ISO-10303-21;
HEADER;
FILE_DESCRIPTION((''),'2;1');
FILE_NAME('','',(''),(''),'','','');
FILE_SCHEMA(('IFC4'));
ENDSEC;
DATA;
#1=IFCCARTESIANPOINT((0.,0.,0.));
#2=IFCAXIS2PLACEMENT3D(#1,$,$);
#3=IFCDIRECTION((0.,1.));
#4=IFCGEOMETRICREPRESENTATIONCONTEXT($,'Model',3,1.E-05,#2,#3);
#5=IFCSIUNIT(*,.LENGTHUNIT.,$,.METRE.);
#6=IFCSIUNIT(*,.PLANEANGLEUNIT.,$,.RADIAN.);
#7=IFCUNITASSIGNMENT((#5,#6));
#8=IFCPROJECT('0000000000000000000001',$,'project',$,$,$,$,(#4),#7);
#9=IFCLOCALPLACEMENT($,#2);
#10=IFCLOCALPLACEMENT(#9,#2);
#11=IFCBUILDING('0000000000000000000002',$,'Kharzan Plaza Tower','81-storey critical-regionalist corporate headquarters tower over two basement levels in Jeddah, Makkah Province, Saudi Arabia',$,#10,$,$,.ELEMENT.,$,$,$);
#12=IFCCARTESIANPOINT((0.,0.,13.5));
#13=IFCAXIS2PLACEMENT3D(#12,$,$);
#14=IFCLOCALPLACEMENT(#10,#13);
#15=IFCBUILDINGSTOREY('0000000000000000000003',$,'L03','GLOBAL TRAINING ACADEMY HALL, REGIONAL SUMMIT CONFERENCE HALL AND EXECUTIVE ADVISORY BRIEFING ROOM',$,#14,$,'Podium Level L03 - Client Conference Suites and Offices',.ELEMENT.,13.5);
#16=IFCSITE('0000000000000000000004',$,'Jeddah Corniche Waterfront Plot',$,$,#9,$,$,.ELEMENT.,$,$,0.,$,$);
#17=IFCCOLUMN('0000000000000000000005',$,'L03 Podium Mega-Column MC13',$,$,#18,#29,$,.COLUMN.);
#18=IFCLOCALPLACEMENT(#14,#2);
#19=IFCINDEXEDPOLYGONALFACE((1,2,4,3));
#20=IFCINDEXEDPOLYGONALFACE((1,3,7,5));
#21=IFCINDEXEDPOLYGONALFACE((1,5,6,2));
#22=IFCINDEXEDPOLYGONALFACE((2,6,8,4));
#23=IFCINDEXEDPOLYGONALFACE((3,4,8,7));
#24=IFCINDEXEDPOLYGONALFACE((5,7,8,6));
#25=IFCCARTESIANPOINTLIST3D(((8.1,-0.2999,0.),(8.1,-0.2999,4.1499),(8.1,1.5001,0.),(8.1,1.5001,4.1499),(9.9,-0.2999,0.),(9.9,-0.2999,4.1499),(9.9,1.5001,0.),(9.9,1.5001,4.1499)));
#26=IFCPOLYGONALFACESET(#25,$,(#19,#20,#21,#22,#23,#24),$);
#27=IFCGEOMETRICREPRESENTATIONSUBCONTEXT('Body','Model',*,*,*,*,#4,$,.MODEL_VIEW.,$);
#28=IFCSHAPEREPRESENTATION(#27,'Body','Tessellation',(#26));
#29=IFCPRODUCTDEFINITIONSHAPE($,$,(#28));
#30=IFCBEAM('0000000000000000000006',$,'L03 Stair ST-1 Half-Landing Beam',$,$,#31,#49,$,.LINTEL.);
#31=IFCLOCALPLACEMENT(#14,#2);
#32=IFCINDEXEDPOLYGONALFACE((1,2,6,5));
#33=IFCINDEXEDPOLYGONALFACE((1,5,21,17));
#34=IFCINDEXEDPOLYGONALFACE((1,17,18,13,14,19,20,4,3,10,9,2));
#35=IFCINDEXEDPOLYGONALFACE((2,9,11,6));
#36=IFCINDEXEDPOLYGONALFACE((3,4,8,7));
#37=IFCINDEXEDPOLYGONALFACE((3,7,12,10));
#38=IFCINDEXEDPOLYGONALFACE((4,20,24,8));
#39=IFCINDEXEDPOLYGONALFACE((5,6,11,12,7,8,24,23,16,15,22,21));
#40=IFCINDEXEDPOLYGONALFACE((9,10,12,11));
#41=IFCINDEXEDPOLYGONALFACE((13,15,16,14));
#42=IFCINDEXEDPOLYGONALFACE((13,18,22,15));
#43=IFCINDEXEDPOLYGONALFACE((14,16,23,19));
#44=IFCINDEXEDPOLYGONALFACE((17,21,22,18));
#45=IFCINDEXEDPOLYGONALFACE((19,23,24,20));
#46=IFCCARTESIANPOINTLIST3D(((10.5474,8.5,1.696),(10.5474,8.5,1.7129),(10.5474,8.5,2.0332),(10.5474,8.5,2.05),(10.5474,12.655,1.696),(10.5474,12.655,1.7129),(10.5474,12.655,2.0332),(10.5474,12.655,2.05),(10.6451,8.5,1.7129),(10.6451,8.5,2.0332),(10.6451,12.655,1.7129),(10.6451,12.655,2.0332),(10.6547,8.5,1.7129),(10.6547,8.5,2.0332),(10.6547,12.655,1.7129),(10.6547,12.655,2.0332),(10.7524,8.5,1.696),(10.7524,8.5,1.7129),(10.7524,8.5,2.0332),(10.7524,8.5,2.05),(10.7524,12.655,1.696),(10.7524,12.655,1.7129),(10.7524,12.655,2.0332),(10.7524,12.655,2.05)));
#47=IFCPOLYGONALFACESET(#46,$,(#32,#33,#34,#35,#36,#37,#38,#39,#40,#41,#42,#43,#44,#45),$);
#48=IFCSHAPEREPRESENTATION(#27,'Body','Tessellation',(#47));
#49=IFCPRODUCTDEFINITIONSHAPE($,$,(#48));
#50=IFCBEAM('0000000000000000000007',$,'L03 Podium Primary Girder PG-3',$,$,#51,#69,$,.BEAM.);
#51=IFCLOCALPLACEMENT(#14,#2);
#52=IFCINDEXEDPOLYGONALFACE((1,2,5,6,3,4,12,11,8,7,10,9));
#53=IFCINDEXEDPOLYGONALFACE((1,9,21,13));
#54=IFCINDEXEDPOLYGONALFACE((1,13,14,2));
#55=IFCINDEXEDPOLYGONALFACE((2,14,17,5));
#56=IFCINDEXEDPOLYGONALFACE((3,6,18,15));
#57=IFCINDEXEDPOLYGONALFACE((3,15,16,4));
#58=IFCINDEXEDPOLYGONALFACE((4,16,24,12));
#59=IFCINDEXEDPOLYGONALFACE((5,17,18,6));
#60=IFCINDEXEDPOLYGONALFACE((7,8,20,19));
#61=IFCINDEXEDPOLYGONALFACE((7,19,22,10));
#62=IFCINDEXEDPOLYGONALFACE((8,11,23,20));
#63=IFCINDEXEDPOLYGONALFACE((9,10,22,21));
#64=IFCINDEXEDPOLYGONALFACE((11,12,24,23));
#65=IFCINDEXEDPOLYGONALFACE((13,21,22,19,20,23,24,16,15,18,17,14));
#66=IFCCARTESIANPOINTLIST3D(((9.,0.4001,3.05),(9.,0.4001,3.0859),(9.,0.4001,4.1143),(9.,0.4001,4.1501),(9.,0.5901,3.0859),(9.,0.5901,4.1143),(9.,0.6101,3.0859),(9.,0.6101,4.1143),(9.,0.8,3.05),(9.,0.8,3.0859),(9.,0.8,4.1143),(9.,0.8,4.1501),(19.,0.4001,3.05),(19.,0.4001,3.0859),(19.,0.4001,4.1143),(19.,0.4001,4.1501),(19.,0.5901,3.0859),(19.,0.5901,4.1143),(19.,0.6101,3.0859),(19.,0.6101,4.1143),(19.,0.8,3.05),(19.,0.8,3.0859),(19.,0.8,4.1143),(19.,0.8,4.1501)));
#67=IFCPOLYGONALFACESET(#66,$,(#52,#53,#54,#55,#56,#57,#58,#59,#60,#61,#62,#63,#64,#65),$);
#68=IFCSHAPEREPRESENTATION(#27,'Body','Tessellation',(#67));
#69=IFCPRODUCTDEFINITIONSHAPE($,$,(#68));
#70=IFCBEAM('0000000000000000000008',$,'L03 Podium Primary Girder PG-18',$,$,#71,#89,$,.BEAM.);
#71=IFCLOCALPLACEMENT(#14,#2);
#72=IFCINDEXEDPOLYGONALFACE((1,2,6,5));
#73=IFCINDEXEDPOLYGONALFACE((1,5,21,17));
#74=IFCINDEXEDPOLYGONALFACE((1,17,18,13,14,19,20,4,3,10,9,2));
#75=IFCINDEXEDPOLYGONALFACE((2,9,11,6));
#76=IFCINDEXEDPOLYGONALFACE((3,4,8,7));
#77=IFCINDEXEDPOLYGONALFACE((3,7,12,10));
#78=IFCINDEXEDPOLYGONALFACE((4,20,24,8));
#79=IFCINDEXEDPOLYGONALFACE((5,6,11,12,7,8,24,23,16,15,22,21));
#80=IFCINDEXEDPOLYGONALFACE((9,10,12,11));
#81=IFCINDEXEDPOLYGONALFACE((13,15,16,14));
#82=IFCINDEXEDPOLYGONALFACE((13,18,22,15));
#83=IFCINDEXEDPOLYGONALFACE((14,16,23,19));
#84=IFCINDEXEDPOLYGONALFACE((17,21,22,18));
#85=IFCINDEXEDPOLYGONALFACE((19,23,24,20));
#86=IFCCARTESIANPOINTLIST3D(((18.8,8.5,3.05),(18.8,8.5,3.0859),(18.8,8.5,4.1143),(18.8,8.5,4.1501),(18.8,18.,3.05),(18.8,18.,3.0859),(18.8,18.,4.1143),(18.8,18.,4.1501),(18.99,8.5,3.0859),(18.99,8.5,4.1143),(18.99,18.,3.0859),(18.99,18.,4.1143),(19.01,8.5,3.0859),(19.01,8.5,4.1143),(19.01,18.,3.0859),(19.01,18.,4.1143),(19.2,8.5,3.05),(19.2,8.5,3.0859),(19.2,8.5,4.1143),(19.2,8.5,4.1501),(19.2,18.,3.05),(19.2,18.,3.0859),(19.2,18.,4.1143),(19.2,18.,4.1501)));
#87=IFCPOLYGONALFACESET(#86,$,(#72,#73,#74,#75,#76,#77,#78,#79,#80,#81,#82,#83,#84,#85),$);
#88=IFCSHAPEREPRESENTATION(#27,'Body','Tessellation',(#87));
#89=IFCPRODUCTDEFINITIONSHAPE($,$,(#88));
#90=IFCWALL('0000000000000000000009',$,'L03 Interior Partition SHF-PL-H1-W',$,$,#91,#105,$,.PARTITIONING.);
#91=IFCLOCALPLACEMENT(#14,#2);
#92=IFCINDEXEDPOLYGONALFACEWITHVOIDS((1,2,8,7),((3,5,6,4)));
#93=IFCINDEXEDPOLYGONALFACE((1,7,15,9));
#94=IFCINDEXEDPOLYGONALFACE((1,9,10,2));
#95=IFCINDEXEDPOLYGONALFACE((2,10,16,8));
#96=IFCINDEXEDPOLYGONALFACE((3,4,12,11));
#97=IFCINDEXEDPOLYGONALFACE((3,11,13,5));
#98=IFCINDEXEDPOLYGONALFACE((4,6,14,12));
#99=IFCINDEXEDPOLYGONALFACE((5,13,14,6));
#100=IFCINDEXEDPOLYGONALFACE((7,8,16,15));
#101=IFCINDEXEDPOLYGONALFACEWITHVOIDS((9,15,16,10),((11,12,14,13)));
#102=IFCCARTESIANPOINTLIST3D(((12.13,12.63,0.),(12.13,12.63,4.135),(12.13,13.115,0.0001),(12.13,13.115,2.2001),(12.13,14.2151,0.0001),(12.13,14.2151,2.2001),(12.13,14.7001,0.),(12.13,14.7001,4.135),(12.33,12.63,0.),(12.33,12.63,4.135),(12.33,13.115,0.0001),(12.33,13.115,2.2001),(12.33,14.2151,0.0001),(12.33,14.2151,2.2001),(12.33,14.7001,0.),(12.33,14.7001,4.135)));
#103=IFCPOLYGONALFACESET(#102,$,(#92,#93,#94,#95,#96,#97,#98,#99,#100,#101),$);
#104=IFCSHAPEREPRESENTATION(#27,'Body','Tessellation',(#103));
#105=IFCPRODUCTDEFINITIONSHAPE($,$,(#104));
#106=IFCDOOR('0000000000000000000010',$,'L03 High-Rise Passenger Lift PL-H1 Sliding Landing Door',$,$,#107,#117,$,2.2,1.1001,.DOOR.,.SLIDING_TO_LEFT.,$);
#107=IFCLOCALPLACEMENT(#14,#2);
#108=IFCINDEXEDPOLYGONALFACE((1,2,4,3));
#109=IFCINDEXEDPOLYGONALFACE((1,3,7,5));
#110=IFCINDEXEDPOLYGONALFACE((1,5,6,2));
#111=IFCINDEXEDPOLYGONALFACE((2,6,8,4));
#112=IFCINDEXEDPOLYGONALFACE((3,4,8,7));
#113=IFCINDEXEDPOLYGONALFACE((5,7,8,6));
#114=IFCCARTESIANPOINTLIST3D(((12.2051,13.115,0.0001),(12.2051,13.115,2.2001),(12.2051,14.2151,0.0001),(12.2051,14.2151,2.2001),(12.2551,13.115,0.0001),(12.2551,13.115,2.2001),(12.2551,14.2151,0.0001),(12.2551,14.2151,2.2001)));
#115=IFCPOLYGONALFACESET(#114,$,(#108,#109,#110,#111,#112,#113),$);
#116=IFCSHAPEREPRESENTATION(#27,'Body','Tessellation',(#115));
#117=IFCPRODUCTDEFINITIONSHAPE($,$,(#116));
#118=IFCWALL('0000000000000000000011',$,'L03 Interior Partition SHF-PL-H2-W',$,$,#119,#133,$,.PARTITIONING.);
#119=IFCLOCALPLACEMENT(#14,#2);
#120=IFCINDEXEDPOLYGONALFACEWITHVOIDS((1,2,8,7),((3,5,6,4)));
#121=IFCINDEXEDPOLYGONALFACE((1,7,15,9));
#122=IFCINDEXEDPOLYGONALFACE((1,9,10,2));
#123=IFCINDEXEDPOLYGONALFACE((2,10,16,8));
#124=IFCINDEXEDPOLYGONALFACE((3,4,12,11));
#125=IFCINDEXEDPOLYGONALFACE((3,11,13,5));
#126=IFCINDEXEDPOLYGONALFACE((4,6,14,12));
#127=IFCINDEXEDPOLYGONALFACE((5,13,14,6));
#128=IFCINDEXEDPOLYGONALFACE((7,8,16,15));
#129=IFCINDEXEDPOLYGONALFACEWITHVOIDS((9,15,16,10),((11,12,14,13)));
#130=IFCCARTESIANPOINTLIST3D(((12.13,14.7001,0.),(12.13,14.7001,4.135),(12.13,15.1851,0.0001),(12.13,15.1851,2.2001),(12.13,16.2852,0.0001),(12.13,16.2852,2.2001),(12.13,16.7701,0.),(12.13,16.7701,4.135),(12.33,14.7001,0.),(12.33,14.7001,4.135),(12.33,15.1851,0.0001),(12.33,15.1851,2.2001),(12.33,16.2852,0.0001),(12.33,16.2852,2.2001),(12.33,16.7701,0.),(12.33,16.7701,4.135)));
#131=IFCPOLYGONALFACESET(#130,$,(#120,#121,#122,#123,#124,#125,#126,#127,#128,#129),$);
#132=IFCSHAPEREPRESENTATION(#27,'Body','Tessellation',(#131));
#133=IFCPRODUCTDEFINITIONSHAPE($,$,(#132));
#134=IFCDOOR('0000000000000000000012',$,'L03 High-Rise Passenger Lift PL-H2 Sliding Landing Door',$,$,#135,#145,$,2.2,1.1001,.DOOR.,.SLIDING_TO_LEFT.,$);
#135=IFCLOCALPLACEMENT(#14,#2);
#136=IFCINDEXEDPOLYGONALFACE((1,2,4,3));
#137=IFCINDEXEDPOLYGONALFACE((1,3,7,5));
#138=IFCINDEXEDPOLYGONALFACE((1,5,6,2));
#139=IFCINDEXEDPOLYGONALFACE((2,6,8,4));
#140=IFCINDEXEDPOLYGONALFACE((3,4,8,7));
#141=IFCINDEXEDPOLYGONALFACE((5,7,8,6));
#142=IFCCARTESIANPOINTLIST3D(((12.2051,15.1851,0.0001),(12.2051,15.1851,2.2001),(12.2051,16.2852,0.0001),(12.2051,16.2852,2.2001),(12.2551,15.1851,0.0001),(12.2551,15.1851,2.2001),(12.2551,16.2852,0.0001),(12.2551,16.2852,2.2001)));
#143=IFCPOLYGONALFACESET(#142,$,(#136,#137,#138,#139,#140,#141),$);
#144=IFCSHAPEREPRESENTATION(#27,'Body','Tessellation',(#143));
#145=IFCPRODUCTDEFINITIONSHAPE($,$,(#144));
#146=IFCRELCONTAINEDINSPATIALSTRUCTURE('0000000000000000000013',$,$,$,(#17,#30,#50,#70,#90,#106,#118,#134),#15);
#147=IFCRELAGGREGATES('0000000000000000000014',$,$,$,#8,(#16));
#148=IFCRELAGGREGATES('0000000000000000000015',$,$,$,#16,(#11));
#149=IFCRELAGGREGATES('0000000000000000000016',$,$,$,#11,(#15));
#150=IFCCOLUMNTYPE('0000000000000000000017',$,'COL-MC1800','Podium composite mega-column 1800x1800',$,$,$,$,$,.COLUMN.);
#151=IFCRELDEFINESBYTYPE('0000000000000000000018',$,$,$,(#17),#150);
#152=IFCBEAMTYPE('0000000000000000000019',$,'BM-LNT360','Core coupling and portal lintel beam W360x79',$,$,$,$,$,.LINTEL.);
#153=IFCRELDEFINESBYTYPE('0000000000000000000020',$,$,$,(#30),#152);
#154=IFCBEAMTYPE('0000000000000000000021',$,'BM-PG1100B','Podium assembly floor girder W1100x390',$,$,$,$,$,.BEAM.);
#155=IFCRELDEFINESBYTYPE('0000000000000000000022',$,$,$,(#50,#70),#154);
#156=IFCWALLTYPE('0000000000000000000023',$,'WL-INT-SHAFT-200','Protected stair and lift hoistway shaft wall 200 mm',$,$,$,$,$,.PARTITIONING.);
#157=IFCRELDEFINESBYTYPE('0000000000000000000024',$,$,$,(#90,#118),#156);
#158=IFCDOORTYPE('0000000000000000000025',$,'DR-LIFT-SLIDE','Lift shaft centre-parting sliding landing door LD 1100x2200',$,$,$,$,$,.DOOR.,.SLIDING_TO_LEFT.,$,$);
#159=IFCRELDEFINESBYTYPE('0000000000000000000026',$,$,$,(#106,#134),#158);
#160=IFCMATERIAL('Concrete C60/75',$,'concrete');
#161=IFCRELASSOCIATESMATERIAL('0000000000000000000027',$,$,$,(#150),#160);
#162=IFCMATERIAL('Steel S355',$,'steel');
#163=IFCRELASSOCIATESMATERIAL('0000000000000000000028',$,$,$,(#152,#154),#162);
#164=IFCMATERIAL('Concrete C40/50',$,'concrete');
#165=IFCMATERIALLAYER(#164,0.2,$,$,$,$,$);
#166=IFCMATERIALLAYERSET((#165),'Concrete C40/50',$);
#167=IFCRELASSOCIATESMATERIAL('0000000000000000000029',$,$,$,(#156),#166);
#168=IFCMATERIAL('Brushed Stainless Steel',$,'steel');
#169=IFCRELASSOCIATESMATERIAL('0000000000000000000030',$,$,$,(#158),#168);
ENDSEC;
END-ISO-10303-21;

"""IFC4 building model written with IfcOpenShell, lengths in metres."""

from ifc_helpers import new_model, si_unit, direction, frame, frame_2d, origin, origin_2d, place, context, subcontext, project, spatial, rectangle, i_section, extrude, source, transform, mapped, material, layer, layer_set, material_profile, profile_set, type_object, element, fill, save


model = new_model("IFC4")

# Units and contexts
model_context = context("Model", 3, precision=1e-05, world=origin(), true_north=direction((0.0, 1.0)))
body_context = subcontext(model_context, "Body", "Model", "MODEL_VIEW")
ifc_project = project(units=[si_unit("LENGTHUNIT", "METRE"), si_unit("PLANEANGLEUNIT", "RADIAN")], contexts=[model_context])

# Site, building, storey
site_placement = place(None, origin())
site = spatial("IfcSite", under=ifc_project, at=site_placement, Name="Jeddah Corniche Waterfront Plot", CompositionType="ELEMENT", RefElevation=0.0)
building_placement = place(site_placement, origin())
building = spatial("IfcBuilding", under=site, at=building_placement, Name="Kharzan Plaza Tower", Description="81-storey critical-regionalist corporate headquarters tower over two basement levels in Jeddah, Makkah Province, Saudi Arabia", CompositionType="ELEMENT")
storey_placement = place(building_placement, frame((0.0, 0.0, 13.5)))
storey = spatial("IfcBuildingStorey", under=building, at=storey_placement, Name="L03", Description="GLOBAL TRAINING ACADEMY HALL, REGIONAL SUMMIT CONFERENCE HALL AND EXECUTIVE ADVISORY BRIEFING ROOM", LongName="Podium Level L03 - Client Conference Suites and Offices", CompositionType="ELEMENT", Elevation=13.5)

# Column
ifc_material_1 = material(Name="Concrete C60/75", Category="concrete")
ifc_material_profile_1 = material_profile(ifc_material_1, rectangle(XDim=1.8, YDim=1.8, at=origin_2d()), Name="RC-MC1800x1800")
ifc_profile_set_1 = profile_set([ifc_material_profile_1], Name="Concrete C60/75")
column_type = type_object("IfcColumnType", Name="COL-MC1800", Description="Podium composite mega-column 1800x1800", PredefinedType="COLUMN", material=ifc_profile_set_1)
shared_shape_1 = source(origin(), body_context, "Body", "SweptSolid", [
    extrude(rectangle(XDim=1.8, YDim=1.8, at=origin_2d()), origin(), (0.0, 0.0, 1.0), 4.1499),
])
column_placement = place(storey_placement, frame((9.0, 0.6001, 0.0), z_axis=(0.0, 0.0, 1.0), x_axis=(1.0, 0.0, 0.0)))
element("IfcColumn", 1, at=column_placement, inside=storey, type_object=column_type, Name="L03 Podium Mega-Column MC13", PredefinedType="COLUMN", context=body_context, shape_type="MappedRepresentation", body=[
    mapped(shared_shape_1, transform((0.0, 0.0, 0.0), x_axis=(1.0, 0.0, 0.0), y_axis=(0.0, 1.0, 0.0), z_axis=(0.0, 0.0, 1.0))),
])

# Beams
ifc_material_2 = material(Name="Steel S355", Category="steel")
ifc_material_profile_2 = material_profile(ifc_material_2, i_section(OverallWidth=0.2051, OverallDepth=0.354, WebThickness=0.0095, FlangeThickness=0.0168, at=origin_2d()), Name="W360x79")
ifc_profile_set_2 = profile_set([ifc_material_profile_2], Name="Steel S355")
beam_type_1 = type_object("IfcBeamType", Name="BM-LNT360", Description="Core coupling and portal lintel beam W360x79", PredefinedType="LINTEL", material=ifc_profile_set_2)
shared_shape_2 = source(origin(), body_context, "Body", "SweptSolid", [
    extrude(i_section(OverallWidth=0.2051, OverallDepth=0.354, WebThickness=0.0095, FlangeThickness=0.0168, at=origin_2d()), origin(), (0.0, 0.0, 1.0), 4.155),
])
beam_1_placement = place(storey_placement, frame((10.6499, 8.5, 1.873), z_axis=(0.0, 1.0, 0.0), x_axis=(-1.0, 0.0, 0.0)))
element("IfcBeam", 2, at=beam_1_placement, inside=storey, type_object=beam_type_1, Name="L03 Stair ST-1 Half-Landing Beam", PredefinedType="LINTEL", context=body_context, shape_type="MappedRepresentation", body=[
    mapped(shared_shape_2, transform((0.0, 0.0, 0.0), x_axis=(1.0, 0.0, 0.0), y_axis=(0.0, 1.0, 0.0), z_axis=(0.0, 0.0, 1.0))),
])
ifc_material_profile_3 = material_profile(ifc_material_2, i_section(OverallWidth=0.3999, OverallDepth=1.1001, WebThickness=0.02, FlangeThickness=0.0359, at=origin_2d()), Name="W1100x390")
ifc_profile_set_3 = profile_set([ifc_material_profile_3], Name="Steel S355")
beam_type_2 = type_object("IfcBeamType", Name="BM-PG1100B", Description="Podium assembly floor girder W1100x390", PredefinedType="BEAM", material=ifc_profile_set_3)
shared_shape_3 = source(origin(), body_context, "Body", "SweptSolid", [
    extrude(i_section(OverallWidth=0.3999, OverallDepth=1.1001, WebThickness=0.02, FlangeThickness=0.0359, at=origin_2d()), origin(), (0.0, 0.0, 1.0), 10.0),
])
beam_2_placement = place(storey_placement, frame((9.0, 0.6001, 3.6001), z_axis=(1.0, 0.0, 0.0), x_axis=(0.0, 1.0, 0.0)))
element("IfcBeam", 3, at=beam_2_placement, inside=storey, type_object=beam_type_2, Name="L03 Podium Primary Girder PG-3", PredefinedType="BEAM", context=body_context, shape_type="MappedRepresentation", body=[
    mapped(shared_shape_3, transform((0.0, 0.0, 0.0), x_axis=(1.0, 0.0, 0.0), y_axis=(0.0, 1.0, 0.0), z_axis=(0.0, 0.0, 1.0))),
])
shared_shape_4 = source(origin(), body_context, "Body", "SweptSolid", [
    extrude(i_section(OverallWidth=0.3999, OverallDepth=1.1001, WebThickness=0.02, FlangeThickness=0.0359, at=origin_2d()), origin(), (0.0, 0.0, 1.0), 9.5),
])
beam_3_placement = place(storey_placement, frame((19.0, 8.5, 3.6001), z_axis=(0.0, 1.0, 0.0), x_axis=(-1.0, 0.0, 0.0)))
element("IfcBeam", 4, at=beam_3_placement, inside=storey, type_object=beam_type_2, Name="L03 Podium Primary Girder PG-18", PredefinedType="BEAM", context=body_context, shape_type="MappedRepresentation", body=[
    mapped(shared_shape_4, transform((0.0, 0.0, 0.0), x_axis=(1.0, 0.0, 0.0), y_axis=(0.0, 1.0, 0.0), z_axis=(0.0, 0.0, 1.0))),
])

# Walls, openings, doors
ifc_material_3 = material(Name="Concrete C40/50", Category="concrete")
ifc_layer_1 = layer(ifc_material_3, 0.2)
ifc_layer_set_1 = layer_set([ifc_layer_1], Name="Concrete C40/50")
wall_type_1 = type_object("IfcWallType", Name="WL-INT-SHAFT-200", Description="Protected stair and lift hoistway shaft wall 200 mm", PredefinedType="PARTITIONING", material=ifc_layer_set_1)
wall_1_placement = place(storey_placement, frame((12.23, 12.6299, 0.0), z_axis=(0.0, 0.0, 1.0), x_axis=(0.0, 1.0, 0.0)))
wall_1 = element("IfcWall", 5, at=wall_1_placement, inside=storey, type_object=wall_type_1, Name="L03 Interior Partition SHF-PL-H1-W", PredefinedType="PARTITIONING", context=body_context, shape_type="SweptSolid", body=[
    extrude(rectangle(XDim=2.0701, YDim=0.2, at=frame_2d((1.0352, 0.0))), origin(), (0.0, 0.0, 1.0), 4.135),
])
opening_1_placement = place(wall_1_placement, frame((0.4851, 0.0, 0.0)))
opening_1 = element("IfcOpeningElement", 6, at=opening_1_placement, cuts=wall_1, PredefinedType="OPENING", context=body_context, shape_type="SweptSolid", body=[
    extrude(rectangle(XDim=1.1001, YDim=2.2, at=frame_2d((0.55, 1.1001))), frame((0.0, 0.1099, 0.0), z_axis=(0.0, -1.0, 0.0), x_axis=(1.0, 0.0, 0.0)), (0.0, 0.0, 1.0), 0.22),
])
ifc_material_4 = material(Name="Brushed Stainless Steel", Category="steel")
door_type = type_object("IfcDoorType", Name="DR-LIFT-SLIDE", Description="Lift shaft centre-parting sliding landing door LD 1100x2200", OperationType="SLIDING_TO_LEFT", PredefinedType="DOOR", material=ifc_material_4)
shared_shape_5 = source(origin(), body_context, "Body", "SweptSolid", [
    extrude(rectangle(XDim=1.1001, YDim=2.2, at=frame_2d((0.55, 1.1001))), frame((0.0, 0.0249, 0.0), z_axis=(0.0, -1.0, 0.0), x_axis=(1.0, 0.0, 0.0)), (0.0, 0.0, 1.0), 0.05),
])
door_1_placement = place(opening_1_placement, origin())
door_1 = element("IfcDoor", 7, at=door_1_placement, inside=storey, type_object=door_type, Name="L03 High-Rise Passenger Lift PL-H1 Sliding Landing Door", OperationType="SLIDING_TO_LEFT", OverallHeight=2.2, OverallWidth=1.1001, PredefinedType="DOOR", context=body_context, shape_type="MappedRepresentation", body=[
    mapped(shared_shape_5, transform((0.0, 0.0, 0.0), x_axis=(1.0, 0.0, 0.0), y_axis=(0.0, 1.0, 0.0), z_axis=(0.0, 0.0, 1.0))),
])
fill(opening_1, door_1)
wall_2_placement = place(storey_placement, frame((12.23, 14.7, 0.0), z_axis=(0.0, 0.0, 1.0), x_axis=(0.0, 1.0, 0.0)))
wall_2 = element("IfcWall", 8, at=wall_2_placement, inside=storey, type_object=wall_type_1, Name="L03 Interior Partition SHF-PL-H2-W", PredefinedType="PARTITIONING", context=body_context, shape_type="SweptSolid", body=[
    extrude(rectangle(XDim=2.0701, YDim=0.2, at=frame_2d((1.0352, 0.0))), origin(), (0.0, 0.0, 1.0), 4.135),
])
opening_2_placement = place(wall_2_placement, frame((0.4851, 0.0, 0.0)))
opening_2 = element("IfcOpeningElement", 9, at=opening_2_placement, cuts=wall_2, PredefinedType="OPENING", context=body_context, shape_type="SweptSolid", body=[
    extrude(rectangle(XDim=1.1001, YDim=2.2, at=frame_2d((0.55, 1.1001))), frame((0.0, 0.1099, 0.0), z_axis=(0.0, -1.0, 0.0), x_axis=(1.0, 0.0, 0.0)), (0.0, 0.0, 1.0), 0.22),
])
door_2_placement = place(opening_2_placement, origin())
door_2 = element("IfcDoor", 10, at=door_2_placement, inside=storey, type_object=door_type, Name="L03 High-Rise Passenger Lift PL-H2 Sliding Landing Door", OperationType="SLIDING_TO_LEFT", OverallHeight=2.2, OverallWidth=1.1001, PredefinedType="DOOR", context=body_context, shape_type="MappedRepresentation", body=[
    mapped(shared_shape_5, transform((0.0, 0.0, 0.0), x_axis=(1.0, 0.0, 0.0), y_axis=(0.0, 1.0, 0.0), z_axis=(0.0, 0.0, 1.0))),
])
fill(opening_2, door_2)

save(model, "model.ifc")
